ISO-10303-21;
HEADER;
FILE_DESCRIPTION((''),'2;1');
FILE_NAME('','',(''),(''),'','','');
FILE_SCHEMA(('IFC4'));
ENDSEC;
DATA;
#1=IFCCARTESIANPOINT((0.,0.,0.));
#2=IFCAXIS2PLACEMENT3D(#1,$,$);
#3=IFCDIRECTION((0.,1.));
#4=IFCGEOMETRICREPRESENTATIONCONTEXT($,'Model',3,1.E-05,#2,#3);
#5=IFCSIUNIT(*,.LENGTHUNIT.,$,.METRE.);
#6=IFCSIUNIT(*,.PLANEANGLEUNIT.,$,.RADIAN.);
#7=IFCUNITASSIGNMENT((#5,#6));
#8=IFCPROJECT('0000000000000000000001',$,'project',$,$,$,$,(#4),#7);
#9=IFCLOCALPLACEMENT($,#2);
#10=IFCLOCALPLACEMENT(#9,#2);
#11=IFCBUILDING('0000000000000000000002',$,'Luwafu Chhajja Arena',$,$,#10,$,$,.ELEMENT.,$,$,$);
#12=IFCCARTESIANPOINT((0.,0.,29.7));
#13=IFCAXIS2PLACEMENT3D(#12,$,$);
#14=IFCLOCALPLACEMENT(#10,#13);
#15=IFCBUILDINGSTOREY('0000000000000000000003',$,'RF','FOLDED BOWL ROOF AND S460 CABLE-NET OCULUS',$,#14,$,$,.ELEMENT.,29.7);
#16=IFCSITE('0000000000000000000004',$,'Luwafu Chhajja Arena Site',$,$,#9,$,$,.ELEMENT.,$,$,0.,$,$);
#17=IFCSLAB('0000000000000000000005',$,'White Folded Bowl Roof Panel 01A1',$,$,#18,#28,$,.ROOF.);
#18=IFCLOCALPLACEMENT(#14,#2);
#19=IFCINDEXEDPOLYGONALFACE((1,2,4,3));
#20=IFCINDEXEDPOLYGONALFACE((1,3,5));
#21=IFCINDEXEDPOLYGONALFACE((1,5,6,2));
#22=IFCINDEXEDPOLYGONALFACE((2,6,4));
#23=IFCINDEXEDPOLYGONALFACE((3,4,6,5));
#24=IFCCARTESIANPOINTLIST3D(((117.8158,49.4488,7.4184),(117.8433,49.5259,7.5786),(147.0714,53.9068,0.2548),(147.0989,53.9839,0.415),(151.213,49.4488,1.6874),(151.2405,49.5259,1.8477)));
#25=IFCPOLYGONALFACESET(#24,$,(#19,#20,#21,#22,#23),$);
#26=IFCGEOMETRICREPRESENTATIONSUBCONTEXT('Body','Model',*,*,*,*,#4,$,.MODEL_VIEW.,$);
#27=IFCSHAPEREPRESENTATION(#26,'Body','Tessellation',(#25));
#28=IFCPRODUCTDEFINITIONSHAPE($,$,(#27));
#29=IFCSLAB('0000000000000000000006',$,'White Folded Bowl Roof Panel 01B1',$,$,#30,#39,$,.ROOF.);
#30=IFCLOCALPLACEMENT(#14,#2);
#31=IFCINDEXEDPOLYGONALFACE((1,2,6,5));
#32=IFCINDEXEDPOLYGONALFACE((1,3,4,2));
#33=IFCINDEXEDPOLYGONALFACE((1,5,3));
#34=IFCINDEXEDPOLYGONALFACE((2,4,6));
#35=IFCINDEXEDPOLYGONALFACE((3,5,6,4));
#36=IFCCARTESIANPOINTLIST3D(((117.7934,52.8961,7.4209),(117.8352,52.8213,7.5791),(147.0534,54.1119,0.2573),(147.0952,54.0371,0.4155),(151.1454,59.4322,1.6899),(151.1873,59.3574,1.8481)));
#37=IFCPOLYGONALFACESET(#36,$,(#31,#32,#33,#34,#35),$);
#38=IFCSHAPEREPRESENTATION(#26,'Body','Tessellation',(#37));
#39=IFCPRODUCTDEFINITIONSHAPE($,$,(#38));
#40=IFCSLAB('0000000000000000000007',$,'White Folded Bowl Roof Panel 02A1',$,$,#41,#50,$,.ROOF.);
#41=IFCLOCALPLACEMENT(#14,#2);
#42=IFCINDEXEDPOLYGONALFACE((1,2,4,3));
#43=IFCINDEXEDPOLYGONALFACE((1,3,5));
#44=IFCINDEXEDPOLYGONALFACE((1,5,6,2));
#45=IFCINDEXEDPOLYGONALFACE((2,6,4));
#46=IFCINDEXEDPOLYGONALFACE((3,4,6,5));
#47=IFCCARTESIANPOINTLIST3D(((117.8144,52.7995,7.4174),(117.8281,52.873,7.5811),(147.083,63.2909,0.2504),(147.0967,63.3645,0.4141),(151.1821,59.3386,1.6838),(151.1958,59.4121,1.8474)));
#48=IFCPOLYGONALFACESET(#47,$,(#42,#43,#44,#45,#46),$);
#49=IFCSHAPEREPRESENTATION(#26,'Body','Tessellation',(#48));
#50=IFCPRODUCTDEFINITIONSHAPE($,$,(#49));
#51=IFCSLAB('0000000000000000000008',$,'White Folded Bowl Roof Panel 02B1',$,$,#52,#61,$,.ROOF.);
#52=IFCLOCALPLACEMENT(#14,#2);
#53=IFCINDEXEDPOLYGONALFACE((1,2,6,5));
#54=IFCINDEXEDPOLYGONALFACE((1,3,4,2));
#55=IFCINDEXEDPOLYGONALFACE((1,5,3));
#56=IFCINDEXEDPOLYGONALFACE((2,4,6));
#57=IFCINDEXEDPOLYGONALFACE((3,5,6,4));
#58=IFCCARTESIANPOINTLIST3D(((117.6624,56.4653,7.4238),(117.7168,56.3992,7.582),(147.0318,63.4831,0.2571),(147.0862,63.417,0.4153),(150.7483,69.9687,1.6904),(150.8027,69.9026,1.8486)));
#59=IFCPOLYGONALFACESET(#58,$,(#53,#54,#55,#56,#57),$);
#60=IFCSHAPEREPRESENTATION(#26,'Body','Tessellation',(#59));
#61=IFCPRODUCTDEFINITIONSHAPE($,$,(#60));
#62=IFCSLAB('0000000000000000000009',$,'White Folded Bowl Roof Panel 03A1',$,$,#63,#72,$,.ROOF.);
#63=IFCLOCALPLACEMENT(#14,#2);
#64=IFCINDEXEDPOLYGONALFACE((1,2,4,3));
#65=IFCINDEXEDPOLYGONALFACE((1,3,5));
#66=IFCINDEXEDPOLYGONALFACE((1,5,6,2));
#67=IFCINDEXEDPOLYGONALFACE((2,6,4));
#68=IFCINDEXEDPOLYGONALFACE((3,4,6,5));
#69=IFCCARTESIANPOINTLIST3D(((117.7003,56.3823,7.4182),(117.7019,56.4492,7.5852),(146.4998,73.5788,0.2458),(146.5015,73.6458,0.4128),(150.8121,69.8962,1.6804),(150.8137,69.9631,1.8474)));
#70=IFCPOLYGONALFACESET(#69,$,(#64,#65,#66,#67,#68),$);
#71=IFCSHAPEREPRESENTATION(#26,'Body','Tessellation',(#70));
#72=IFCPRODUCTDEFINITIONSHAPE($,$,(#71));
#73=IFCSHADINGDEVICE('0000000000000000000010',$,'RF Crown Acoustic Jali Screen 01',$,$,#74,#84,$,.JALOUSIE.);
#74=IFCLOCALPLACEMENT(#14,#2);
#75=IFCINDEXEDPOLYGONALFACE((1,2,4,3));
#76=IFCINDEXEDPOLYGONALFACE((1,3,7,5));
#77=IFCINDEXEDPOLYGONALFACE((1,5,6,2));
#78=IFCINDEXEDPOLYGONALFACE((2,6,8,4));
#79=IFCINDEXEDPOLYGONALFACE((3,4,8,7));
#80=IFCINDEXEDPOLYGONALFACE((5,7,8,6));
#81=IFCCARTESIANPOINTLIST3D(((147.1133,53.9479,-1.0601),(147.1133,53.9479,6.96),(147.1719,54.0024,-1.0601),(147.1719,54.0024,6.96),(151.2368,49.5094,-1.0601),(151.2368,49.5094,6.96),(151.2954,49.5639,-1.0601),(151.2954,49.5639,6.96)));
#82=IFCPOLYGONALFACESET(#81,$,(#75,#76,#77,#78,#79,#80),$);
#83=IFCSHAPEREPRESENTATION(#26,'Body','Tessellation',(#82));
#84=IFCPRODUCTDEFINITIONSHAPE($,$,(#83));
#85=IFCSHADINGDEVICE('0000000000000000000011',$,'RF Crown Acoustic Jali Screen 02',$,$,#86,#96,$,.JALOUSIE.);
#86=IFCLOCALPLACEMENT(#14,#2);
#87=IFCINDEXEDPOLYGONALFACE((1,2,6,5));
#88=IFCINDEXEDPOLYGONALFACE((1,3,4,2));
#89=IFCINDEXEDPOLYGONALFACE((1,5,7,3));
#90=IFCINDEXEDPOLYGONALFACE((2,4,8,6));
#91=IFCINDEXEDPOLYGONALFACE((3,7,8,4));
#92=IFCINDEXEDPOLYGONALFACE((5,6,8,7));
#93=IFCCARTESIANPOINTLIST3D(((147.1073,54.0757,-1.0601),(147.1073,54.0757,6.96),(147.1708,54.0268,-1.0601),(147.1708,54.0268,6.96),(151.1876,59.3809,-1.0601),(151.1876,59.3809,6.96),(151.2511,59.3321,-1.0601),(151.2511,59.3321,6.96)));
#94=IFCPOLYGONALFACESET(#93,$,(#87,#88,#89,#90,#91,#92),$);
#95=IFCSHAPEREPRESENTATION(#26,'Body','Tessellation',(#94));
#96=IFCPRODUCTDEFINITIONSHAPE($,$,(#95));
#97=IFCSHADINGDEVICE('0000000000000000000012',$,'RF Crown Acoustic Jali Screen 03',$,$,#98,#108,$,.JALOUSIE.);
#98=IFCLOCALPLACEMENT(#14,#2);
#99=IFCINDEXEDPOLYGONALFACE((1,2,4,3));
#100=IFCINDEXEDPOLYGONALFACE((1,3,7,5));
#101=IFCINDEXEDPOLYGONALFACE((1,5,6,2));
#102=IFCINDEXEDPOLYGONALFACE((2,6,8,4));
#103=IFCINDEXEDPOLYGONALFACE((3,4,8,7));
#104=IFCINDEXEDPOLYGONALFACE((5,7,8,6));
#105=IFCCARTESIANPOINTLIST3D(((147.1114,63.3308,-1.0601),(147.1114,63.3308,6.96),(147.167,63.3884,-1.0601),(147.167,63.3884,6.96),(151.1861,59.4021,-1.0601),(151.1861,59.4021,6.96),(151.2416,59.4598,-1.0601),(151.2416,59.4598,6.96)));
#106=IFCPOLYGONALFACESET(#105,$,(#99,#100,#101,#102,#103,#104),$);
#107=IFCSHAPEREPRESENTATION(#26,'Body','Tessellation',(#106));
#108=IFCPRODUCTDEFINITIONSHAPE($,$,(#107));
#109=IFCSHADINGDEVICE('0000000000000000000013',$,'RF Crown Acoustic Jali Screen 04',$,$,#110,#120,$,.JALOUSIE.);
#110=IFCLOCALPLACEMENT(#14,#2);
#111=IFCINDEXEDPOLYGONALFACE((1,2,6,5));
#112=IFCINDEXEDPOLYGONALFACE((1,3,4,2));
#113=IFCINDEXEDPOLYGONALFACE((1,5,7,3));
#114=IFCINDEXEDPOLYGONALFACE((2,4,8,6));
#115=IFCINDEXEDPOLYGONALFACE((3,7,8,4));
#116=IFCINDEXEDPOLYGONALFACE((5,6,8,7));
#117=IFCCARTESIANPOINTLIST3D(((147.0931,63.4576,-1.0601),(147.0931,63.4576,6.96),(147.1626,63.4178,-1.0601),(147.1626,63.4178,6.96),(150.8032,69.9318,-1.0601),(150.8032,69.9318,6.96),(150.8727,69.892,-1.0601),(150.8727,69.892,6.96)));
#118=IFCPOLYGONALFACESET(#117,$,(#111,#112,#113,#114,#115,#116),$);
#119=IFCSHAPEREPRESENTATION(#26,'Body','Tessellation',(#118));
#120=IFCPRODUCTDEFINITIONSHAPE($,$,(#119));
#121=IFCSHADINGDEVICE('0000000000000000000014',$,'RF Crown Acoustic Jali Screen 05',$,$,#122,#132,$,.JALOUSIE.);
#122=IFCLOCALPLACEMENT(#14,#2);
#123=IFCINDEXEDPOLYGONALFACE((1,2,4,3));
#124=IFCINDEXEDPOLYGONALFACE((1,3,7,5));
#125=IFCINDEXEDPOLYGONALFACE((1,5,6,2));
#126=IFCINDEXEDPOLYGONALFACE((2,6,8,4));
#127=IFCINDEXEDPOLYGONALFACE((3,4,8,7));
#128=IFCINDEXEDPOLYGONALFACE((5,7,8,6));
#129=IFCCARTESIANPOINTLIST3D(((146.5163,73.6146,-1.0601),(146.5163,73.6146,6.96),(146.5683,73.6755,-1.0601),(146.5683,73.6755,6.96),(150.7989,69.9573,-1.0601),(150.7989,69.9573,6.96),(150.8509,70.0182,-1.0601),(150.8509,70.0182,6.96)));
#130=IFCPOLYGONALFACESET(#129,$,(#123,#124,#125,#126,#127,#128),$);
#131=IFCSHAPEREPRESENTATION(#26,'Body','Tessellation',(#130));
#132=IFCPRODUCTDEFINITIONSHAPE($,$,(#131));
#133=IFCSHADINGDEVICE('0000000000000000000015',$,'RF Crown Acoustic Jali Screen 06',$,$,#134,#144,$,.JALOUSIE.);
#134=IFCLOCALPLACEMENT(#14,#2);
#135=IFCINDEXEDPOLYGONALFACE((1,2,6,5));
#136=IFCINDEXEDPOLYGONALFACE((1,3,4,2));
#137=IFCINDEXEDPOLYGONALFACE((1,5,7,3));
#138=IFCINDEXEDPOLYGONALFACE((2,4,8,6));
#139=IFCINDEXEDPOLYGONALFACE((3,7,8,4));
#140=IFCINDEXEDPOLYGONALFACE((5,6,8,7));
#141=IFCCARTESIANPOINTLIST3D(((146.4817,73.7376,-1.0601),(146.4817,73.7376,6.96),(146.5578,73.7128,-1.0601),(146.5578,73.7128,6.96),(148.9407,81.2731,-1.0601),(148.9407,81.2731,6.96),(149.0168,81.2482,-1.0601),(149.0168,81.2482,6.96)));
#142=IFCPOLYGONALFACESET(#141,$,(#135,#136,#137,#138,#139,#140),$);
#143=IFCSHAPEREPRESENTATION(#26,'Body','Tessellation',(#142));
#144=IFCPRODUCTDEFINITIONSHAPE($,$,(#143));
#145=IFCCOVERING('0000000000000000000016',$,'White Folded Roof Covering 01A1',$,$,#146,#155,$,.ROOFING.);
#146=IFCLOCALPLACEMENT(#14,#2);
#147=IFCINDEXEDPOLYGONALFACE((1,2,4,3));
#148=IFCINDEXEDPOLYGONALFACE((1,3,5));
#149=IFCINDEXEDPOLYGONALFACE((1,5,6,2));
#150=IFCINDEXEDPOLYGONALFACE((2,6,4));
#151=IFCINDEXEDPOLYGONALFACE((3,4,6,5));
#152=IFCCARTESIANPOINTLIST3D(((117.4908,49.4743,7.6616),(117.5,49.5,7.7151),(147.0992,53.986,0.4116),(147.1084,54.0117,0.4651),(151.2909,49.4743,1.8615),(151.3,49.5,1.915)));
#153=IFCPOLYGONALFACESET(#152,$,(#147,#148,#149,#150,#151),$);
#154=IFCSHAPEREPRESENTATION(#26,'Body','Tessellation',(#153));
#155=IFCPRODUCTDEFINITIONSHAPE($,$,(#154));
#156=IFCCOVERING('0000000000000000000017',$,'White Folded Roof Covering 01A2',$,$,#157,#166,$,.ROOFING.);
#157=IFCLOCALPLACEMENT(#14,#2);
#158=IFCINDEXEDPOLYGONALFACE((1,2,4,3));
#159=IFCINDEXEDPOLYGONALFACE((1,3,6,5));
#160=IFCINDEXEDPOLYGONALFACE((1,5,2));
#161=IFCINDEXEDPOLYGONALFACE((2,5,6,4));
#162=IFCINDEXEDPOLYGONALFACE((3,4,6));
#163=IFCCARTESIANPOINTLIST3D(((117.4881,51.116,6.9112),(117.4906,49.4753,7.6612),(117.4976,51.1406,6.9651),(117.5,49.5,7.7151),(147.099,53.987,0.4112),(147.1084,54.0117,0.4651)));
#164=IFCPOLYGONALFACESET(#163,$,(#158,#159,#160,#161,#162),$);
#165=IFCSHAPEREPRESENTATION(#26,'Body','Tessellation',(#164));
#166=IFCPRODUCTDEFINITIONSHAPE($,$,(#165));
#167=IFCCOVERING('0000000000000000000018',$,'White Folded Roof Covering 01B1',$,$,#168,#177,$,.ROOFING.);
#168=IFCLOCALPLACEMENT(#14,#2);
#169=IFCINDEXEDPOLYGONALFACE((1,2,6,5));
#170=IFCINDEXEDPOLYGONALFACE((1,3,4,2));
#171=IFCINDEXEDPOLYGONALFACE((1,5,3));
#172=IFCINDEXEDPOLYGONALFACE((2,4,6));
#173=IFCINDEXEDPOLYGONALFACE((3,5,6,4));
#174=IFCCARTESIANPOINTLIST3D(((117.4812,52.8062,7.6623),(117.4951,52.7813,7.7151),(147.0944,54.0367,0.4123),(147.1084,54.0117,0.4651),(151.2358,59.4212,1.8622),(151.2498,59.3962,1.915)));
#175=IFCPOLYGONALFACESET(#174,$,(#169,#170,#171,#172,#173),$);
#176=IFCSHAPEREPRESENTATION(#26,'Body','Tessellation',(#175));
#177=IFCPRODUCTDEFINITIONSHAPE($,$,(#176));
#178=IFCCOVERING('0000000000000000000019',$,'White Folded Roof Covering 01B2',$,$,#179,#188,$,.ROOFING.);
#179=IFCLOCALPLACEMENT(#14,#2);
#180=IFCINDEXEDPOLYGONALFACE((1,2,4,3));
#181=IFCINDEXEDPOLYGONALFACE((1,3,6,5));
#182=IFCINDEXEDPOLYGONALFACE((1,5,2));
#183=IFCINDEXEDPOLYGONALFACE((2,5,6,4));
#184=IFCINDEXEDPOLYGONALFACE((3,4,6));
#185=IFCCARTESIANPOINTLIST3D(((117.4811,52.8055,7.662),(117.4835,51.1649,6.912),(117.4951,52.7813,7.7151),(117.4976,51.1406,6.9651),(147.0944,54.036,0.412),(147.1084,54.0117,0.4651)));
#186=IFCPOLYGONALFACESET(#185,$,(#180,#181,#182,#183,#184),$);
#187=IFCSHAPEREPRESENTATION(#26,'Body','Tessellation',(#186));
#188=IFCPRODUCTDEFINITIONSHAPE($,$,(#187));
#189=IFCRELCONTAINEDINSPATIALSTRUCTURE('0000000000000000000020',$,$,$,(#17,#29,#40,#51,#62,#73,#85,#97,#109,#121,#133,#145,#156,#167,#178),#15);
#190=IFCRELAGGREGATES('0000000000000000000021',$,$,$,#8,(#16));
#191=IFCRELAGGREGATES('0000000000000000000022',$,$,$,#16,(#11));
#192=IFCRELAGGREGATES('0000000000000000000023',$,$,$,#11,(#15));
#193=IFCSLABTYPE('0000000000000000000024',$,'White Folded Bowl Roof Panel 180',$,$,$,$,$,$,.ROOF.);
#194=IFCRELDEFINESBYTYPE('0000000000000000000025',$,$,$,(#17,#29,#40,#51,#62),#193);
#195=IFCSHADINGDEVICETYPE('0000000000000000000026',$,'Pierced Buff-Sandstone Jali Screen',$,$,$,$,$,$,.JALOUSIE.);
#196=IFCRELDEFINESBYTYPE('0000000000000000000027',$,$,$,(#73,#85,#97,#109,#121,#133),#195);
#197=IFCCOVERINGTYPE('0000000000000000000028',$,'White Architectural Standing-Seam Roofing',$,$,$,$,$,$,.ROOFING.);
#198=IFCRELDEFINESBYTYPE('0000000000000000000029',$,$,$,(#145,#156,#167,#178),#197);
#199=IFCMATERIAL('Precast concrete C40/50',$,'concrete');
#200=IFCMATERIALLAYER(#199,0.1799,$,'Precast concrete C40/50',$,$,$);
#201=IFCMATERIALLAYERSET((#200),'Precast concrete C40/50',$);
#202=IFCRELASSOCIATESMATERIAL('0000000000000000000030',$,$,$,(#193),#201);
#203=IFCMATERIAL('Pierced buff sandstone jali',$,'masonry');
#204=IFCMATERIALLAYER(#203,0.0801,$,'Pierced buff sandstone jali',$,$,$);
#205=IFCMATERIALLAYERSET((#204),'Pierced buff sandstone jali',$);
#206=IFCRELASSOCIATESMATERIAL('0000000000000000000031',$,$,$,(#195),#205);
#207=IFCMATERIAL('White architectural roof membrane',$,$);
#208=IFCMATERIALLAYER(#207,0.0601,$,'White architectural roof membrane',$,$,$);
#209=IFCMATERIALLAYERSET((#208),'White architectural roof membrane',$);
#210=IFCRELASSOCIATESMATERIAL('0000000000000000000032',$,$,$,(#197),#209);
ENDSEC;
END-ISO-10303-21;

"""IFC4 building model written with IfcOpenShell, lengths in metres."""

from ifc_helpers import new_model, si_unit, direction, frame, origin, origin_2d, place, context, subcontext, project, spatial, polyline, rectangle, outline, extrude, material, layer, layer_set, type_object, element, save


model = new_model("IFC4")

# Units and contexts
model_context = context("Model", 3, precision=1e-05, world=origin(), true_north=direction((0.0, 1.0)))
body_context = subcontext(model_context, "Body", "Model", "MODEL_VIEW")
ifc_project = project(units=[si_unit("LENGTHUNIT", "METRE"), si_unit("PLANEANGLEUNIT", "RADIAN")], contexts=[model_context])

# Site, building, storey
site_placement = place(None, origin())
site = spatial("IfcSite", under=ifc_project, at=site_placement, Name="Luwafu Chhajja Arena Site", CompositionType="ELEMENT", RefElevation=0.0)
building_placement = place(site_placement, origin())
building = spatial("IfcBuilding", under=site, at=building_placement, Name="Luwafu Chhajja Arena", CompositionType="ELEMENT")
storey_placement = place(building_placement, frame((0.0, 0.0, 29.7)))
storey = spatial("IfcBuildingStorey", under=building, at=storey_placement, Name="RF", Description="FOLDED BOWL ROOF AND S460 CABLE-NET OCULUS", CompositionType="ELEMENT", Elevation=29.7)

# Slabs
ifc_material_1 = material(Name="Precast concrete C40/50", Category="concrete")
ifc_layer_1 = layer(ifc_material_1, 0.1799, Name="Precast concrete C40/50")
ifc_layer_set_1 = layer_set([ifc_layer_1], Name="Precast concrete C40/50")
slab_type = type_object("IfcSlabType", Name="White Folded Bowl Roof Panel 180", PredefinedType="ROOF", material=ifc_layer_set_1)
slab_1_placement = place(storey_placement, frame((151.2405, 49.5259, 1.8477), z_axis=(0.152837, 0.428211, 0.890661), x_axis=(-0.985594, 0.0, 0.169128)))
element("IfcSlab", 1, at=slab_1_placement, inside=storey, type_object=slab_type, Name="White Folded Bowl Roof Panel 01A1", PredefinedType="ROOF", context=body_context, shape_type="SweptSolid", body=[
    extrude(outline(polyline([(0.0, 0.0), (33.8854, 0.0), (3.8396, -4.9332), (0.0, 0.0)])), origin(), (0.0, 0.0, -1.0), 0.1799),
])
slab_2_placement = place(storey_placement, frame((147.0952, 54.0371, 0.4155), z_axis=(0.232545, -0.415632, 0.879303), x_axis=(-0.970524, -0.040327, 0.237608)))
element("IfcSlab", 2, at=slab_2_placement, inside=storey, type_object=slab_type, Name="White Folded Bowl Roof Panel 01B1", PredefinedType="ROOF", context=body_context, shape_type="SweptSolid", body=[
    extrude(outline(polyline([(0.0, 0.0), (30.1487, 0.0), (-3.8456, -5.6846), (0.0, 0.0)])), origin(), (0.0, 0.0, -1.0), 0.1799),
])
slab_3_placement = place(storey_placement, frame((151.1958, 59.4121, 1.8474), z_axis=(0.076159, 0.408799, 0.909441), x_axis=(-0.967673, -0.189635, 0.166277)))
element("IfcSlab", 3, at=slab_3_placement, inside=storey, type_object=slab_type, Name="White Folded Bowl Roof Panel 02A1", PredefinedType="ROOF", context=body_context, shape_type="SweptSolid", body=[
    extrude(outline(polyline([(0.0, 0.0), (34.4824, 0.0), (2.9788, -5.0602), (0.0, 0.0)])), origin(), (0.0, 0.0, -1.0), 0.1799),
])
slab_4_placement = place(storey_placement, frame((147.0862, 63.417, 0.4153), z_axis=(0.302447, -0.367668, 0.879401), x_axis=(-0.94633, -0.226126, 0.230925)))
element("IfcSlab", 4, at=slab_4_placement, inside=storey, type_object=slab_type, Name="White Folded Bowl Roof Panel 02B1", PredefinedType="ROOF", context=body_context, shape_type="SweptSolid", body=[
    extrude(outline(polyline([(0.0, 0.0), (31.035, 0.0), (-4.6527, -6.0235), (0.0, 0.0)])), origin(), (0.0, 0.0, -1.0), 0.1799),
])
slab_5_placement = place(storey_placement, frame((150.8137, 69.9631, 1.8474), z_axis=(0.008979, 0.37208, 0.928157), x_axis=(-0.914168, -0.373099, 0.158412)))
element("IfcSlab", 5, at=slab_5_placement, inside=storey, type_object=slab_type, Name="White Folded Bowl Roof Panel 03A1", PredefinedType="ROOF", context=body_context, shape_type="SweptSolid", body=[
    extrude(outline(polyline([(0.0, 0.0), (36.2207, 0.0), (2.3409, -5.3605), (0.0, 0.0)])), origin(), (0.0, 0.0, -1.0), 0.1799),
])

# Shading devices
ifc_material_2 = material(Name="Pierced buff sandstone jali", Category="masonry")
ifc_layer_2 = layer(ifc_material_2, 0.0801, Name="Pierced buff sandstone jali")
ifc_layer_set_2 = layer_set([ifc_layer_2], Name="Pierced buff sandstone jali")
shading_device_type = type_object("IfcShadingDeviceType", Name="Pierced Buff-Sandstone Jali Screen", PredefinedType="JALOUSIE", material=ifc_layer_set_2)
shading_device_1_placement = place(storey_placement, frame((149.2043, 51.7559, -1.0601), z_axis=(0.0, 0.0, 1.0), x_axis=(-0.680631, 0.732626, 0.0)))
element("IfcShadingDevice", 6, at=shading_device_1_placement, inside=storey, type_object=shading_device_type, Name="RF Crown Acoustic Jali Screen 01", PredefinedType="JALOUSIE", context=body_context, shape_type="SweptSolid", body=[
    extrude(rectangle(XDim=6.0583, YDim=0.0801, at=origin_2d()), origin(), (0.0, 0.0, 1.0), 8.02),
])
shading_device_2_placement = place(storey_placement, frame((149.1792, 56.7039, -1.0601), z_axis=(0.0, 0.0, 1.0), x_axis=(0.609653, 0.792668, 0.0)))
element("IfcShadingDevice", 7, at=shading_device_2_placement, inside=storey, type_object=shading_device_type, Name="RF Crown Acoustic Jali Screen 02", PredefinedType="JALOUSIE", context=body_context, shape_type="SweptSolid", body=[
    extrude(rectangle(XDim=6.6929, YDim=0.0801, at=origin_2d()), origin(), (0.0, 0.0, 1.0), 8.02),
])
shading_device_3_placement = place(storey_placement, frame((149.1765, 61.3953, -1.0601), z_axis=(0.0, 0.0, 1.0), x_axis=(-0.719888, 0.69409, 0.0)))
element("IfcShadingDevice", 8, at=shading_device_3_placement, inside=storey, type_object=shading_device_type, Name="RF Crown Acoustic Jali Screen 03", PredefinedType="JALOUSIE", context=body_context, shape_type="SweptSolid", body=[
    extrude(rectangle(XDim=5.6602, YDim=0.0801, at=origin_2d()), origin(), (0.0, 0.0, 1.0), 8.02),
])
shading_device_4_placement = place(storey_placement, frame((148.9829, 66.6748, -1.0601), z_axis=(0.0, 0.0, 1.0), x_axis=(0.497201, 0.867635, 0.0)))
element("IfcShadingDevice", 9, at=shading_device_4_placement, inside=storey, type_object=shading_device_type, Name="RF Crown Acoustic Jali Screen 04", PredefinedType="JALOUSIE", context=body_context, shape_type="SweptSolid", body=[
    extrude(rectangle(XDim=7.4619, YDim=0.0801, at=origin_2d()), origin(), (0.0, 0.0, 1.0), 8.02),
])
shading_device_5_placement = place(storey_placement, frame((148.6836, 71.8164, -1.0601), z_axis=(0.0, 0.0, 1.0), x_axis=(-0.760439, 0.64941, 0.0)))
element("IfcShadingDevice", 10, at=shading_device_5_placement, inside=storey, type_object=shading_device_type, Name="RF Crown Acoustic Jali Screen 05", PredefinedType="JALOUSIE", context=body_context, shape_type="SweptSolid", body=[
    extrude(rectangle(XDim=5.6318, YDim=0.0801, at=origin_2d()), origin(), (0.0, 0.0, 1.0), 8.02),
])
shading_device_6_placement = place(storey_placement, frame((147.7493, 77.4929, -1.0601), z_axis=(0.0, 0.0, 1.0), x_axis=(0.310226, 0.950663, 0.0)))
element("IfcShadingDevice", 11, at=shading_device_6_placement, inside=storey, type_object=shading_device_type, Name="RF Crown Acoustic Jali Screen 06", PredefinedType="JALOUSIE", context=body_context, shape_type="SweptSolid", body=[
    extrude(rectangle(XDim=7.9265, YDim=0.0801, at=origin_2d()), origin(), (0.0, 0.0, 1.0), 8.02),
])

# Coverings
ifc_material_3 = material(Name="White architectural roof membrane")
ifc_layer_3 = layer(ifc_material_3, 0.0601, Name="White architectural roof membrane")
ifc_layer_set_3 = layer_set([ifc_layer_3], Name="White architectural roof membrane")
covering_type = type_object("IfcCoveringType", Name="White Architectural Standing-Seam Roofing", PredefinedType="ROOFING", material=ifc_layer_set_3)
covering_1_placement = place(storey_placement, frame((151.3, 49.5, 1.915), z_axis=(0.152835, 0.428226, 0.890654), x_axis=(-0.662527, 0.713117, -0.229178)))
element("IfcCovering", 12, at=covering_1_placement, inside=storey, type_object=covering_type, Name="White Folded Roof Covering 01A1", PredefinedType="ROOFING", context=body_context, shape_type="SweptSolid", body=[
    extrude(outline(polyline([(0.0, 0.0), (6.3268, 0.0), (21.0642, 27.0626), (0.0, 0.0)])), origin(), (0.0, 0.0, -1.0), 0.0601),
])
covering_2_placement = place(storey_placement, frame((147.1084, 54.0117, 0.4651), z_axis=(0.157308, 0.410777, 0.898063), x_axis=(-0.972393, -0.094284, 0.213454)))
element("IfcCovering", 13, at=covering_2_placement, inside=storey, type_object=covering_type, Name="White Folded Roof Covering 01A2", PredefinedType="ROOFING", context=body_context, shape_type="SweptSolid", body=[
    extrude(outline(polyline([(0.0, 0.0), (30.4515, 0.0), (30.7639, 1.7767), (0.0, 0.0)])), origin(), (0.0, 0.0, -1.0), 0.0601),
])
covering_3_placement = place(storey_placement, frame((147.1084, 54.0117, 0.4651), z_axis=(0.232543, -0.415634, 0.879302), x_axis=(0.596226, 0.775203, 0.208748)))
element("IfcCovering", 14, at=covering_3_placement, inside=storey, type_object=covering_type, Name="White Folded Roof Covering 01B1", PredefinedType="ROOFING", context=body_context, shape_type="SweptSolid", body=[
    extrude(outline(polyline([(0.0, 0.0), (6.946, 0.0), (-17.0966, 25.2731), (0.0, 0.0)])), origin(), (0.0, 0.0, -1.0), 0.0601),
])
covering_4_placement = place(storey_placement, frame((147.1084, 54.0117, 0.4651), z_axis=(0.233332, -0.403996, 0.884502), x_axis=(-0.970524, -0.040326, 0.237606)))
element("IfcCovering", 15, at=covering_4_placement, inside=storey, type_object=covering_type, Name="White Folded Roof Covering 01B2", PredefinedType="ROOFING", context=body_context, shape_type="SweptSolid", body=[
    extrude(outline(polyline([(0.0, 0.0), (30.5127, 0.0), (30.3983, 1.8003), (0.0, 0.0)])), origin(), (0.0, 0.0, -1.0), 0.0601),
])

save(model, "model.ifc")
